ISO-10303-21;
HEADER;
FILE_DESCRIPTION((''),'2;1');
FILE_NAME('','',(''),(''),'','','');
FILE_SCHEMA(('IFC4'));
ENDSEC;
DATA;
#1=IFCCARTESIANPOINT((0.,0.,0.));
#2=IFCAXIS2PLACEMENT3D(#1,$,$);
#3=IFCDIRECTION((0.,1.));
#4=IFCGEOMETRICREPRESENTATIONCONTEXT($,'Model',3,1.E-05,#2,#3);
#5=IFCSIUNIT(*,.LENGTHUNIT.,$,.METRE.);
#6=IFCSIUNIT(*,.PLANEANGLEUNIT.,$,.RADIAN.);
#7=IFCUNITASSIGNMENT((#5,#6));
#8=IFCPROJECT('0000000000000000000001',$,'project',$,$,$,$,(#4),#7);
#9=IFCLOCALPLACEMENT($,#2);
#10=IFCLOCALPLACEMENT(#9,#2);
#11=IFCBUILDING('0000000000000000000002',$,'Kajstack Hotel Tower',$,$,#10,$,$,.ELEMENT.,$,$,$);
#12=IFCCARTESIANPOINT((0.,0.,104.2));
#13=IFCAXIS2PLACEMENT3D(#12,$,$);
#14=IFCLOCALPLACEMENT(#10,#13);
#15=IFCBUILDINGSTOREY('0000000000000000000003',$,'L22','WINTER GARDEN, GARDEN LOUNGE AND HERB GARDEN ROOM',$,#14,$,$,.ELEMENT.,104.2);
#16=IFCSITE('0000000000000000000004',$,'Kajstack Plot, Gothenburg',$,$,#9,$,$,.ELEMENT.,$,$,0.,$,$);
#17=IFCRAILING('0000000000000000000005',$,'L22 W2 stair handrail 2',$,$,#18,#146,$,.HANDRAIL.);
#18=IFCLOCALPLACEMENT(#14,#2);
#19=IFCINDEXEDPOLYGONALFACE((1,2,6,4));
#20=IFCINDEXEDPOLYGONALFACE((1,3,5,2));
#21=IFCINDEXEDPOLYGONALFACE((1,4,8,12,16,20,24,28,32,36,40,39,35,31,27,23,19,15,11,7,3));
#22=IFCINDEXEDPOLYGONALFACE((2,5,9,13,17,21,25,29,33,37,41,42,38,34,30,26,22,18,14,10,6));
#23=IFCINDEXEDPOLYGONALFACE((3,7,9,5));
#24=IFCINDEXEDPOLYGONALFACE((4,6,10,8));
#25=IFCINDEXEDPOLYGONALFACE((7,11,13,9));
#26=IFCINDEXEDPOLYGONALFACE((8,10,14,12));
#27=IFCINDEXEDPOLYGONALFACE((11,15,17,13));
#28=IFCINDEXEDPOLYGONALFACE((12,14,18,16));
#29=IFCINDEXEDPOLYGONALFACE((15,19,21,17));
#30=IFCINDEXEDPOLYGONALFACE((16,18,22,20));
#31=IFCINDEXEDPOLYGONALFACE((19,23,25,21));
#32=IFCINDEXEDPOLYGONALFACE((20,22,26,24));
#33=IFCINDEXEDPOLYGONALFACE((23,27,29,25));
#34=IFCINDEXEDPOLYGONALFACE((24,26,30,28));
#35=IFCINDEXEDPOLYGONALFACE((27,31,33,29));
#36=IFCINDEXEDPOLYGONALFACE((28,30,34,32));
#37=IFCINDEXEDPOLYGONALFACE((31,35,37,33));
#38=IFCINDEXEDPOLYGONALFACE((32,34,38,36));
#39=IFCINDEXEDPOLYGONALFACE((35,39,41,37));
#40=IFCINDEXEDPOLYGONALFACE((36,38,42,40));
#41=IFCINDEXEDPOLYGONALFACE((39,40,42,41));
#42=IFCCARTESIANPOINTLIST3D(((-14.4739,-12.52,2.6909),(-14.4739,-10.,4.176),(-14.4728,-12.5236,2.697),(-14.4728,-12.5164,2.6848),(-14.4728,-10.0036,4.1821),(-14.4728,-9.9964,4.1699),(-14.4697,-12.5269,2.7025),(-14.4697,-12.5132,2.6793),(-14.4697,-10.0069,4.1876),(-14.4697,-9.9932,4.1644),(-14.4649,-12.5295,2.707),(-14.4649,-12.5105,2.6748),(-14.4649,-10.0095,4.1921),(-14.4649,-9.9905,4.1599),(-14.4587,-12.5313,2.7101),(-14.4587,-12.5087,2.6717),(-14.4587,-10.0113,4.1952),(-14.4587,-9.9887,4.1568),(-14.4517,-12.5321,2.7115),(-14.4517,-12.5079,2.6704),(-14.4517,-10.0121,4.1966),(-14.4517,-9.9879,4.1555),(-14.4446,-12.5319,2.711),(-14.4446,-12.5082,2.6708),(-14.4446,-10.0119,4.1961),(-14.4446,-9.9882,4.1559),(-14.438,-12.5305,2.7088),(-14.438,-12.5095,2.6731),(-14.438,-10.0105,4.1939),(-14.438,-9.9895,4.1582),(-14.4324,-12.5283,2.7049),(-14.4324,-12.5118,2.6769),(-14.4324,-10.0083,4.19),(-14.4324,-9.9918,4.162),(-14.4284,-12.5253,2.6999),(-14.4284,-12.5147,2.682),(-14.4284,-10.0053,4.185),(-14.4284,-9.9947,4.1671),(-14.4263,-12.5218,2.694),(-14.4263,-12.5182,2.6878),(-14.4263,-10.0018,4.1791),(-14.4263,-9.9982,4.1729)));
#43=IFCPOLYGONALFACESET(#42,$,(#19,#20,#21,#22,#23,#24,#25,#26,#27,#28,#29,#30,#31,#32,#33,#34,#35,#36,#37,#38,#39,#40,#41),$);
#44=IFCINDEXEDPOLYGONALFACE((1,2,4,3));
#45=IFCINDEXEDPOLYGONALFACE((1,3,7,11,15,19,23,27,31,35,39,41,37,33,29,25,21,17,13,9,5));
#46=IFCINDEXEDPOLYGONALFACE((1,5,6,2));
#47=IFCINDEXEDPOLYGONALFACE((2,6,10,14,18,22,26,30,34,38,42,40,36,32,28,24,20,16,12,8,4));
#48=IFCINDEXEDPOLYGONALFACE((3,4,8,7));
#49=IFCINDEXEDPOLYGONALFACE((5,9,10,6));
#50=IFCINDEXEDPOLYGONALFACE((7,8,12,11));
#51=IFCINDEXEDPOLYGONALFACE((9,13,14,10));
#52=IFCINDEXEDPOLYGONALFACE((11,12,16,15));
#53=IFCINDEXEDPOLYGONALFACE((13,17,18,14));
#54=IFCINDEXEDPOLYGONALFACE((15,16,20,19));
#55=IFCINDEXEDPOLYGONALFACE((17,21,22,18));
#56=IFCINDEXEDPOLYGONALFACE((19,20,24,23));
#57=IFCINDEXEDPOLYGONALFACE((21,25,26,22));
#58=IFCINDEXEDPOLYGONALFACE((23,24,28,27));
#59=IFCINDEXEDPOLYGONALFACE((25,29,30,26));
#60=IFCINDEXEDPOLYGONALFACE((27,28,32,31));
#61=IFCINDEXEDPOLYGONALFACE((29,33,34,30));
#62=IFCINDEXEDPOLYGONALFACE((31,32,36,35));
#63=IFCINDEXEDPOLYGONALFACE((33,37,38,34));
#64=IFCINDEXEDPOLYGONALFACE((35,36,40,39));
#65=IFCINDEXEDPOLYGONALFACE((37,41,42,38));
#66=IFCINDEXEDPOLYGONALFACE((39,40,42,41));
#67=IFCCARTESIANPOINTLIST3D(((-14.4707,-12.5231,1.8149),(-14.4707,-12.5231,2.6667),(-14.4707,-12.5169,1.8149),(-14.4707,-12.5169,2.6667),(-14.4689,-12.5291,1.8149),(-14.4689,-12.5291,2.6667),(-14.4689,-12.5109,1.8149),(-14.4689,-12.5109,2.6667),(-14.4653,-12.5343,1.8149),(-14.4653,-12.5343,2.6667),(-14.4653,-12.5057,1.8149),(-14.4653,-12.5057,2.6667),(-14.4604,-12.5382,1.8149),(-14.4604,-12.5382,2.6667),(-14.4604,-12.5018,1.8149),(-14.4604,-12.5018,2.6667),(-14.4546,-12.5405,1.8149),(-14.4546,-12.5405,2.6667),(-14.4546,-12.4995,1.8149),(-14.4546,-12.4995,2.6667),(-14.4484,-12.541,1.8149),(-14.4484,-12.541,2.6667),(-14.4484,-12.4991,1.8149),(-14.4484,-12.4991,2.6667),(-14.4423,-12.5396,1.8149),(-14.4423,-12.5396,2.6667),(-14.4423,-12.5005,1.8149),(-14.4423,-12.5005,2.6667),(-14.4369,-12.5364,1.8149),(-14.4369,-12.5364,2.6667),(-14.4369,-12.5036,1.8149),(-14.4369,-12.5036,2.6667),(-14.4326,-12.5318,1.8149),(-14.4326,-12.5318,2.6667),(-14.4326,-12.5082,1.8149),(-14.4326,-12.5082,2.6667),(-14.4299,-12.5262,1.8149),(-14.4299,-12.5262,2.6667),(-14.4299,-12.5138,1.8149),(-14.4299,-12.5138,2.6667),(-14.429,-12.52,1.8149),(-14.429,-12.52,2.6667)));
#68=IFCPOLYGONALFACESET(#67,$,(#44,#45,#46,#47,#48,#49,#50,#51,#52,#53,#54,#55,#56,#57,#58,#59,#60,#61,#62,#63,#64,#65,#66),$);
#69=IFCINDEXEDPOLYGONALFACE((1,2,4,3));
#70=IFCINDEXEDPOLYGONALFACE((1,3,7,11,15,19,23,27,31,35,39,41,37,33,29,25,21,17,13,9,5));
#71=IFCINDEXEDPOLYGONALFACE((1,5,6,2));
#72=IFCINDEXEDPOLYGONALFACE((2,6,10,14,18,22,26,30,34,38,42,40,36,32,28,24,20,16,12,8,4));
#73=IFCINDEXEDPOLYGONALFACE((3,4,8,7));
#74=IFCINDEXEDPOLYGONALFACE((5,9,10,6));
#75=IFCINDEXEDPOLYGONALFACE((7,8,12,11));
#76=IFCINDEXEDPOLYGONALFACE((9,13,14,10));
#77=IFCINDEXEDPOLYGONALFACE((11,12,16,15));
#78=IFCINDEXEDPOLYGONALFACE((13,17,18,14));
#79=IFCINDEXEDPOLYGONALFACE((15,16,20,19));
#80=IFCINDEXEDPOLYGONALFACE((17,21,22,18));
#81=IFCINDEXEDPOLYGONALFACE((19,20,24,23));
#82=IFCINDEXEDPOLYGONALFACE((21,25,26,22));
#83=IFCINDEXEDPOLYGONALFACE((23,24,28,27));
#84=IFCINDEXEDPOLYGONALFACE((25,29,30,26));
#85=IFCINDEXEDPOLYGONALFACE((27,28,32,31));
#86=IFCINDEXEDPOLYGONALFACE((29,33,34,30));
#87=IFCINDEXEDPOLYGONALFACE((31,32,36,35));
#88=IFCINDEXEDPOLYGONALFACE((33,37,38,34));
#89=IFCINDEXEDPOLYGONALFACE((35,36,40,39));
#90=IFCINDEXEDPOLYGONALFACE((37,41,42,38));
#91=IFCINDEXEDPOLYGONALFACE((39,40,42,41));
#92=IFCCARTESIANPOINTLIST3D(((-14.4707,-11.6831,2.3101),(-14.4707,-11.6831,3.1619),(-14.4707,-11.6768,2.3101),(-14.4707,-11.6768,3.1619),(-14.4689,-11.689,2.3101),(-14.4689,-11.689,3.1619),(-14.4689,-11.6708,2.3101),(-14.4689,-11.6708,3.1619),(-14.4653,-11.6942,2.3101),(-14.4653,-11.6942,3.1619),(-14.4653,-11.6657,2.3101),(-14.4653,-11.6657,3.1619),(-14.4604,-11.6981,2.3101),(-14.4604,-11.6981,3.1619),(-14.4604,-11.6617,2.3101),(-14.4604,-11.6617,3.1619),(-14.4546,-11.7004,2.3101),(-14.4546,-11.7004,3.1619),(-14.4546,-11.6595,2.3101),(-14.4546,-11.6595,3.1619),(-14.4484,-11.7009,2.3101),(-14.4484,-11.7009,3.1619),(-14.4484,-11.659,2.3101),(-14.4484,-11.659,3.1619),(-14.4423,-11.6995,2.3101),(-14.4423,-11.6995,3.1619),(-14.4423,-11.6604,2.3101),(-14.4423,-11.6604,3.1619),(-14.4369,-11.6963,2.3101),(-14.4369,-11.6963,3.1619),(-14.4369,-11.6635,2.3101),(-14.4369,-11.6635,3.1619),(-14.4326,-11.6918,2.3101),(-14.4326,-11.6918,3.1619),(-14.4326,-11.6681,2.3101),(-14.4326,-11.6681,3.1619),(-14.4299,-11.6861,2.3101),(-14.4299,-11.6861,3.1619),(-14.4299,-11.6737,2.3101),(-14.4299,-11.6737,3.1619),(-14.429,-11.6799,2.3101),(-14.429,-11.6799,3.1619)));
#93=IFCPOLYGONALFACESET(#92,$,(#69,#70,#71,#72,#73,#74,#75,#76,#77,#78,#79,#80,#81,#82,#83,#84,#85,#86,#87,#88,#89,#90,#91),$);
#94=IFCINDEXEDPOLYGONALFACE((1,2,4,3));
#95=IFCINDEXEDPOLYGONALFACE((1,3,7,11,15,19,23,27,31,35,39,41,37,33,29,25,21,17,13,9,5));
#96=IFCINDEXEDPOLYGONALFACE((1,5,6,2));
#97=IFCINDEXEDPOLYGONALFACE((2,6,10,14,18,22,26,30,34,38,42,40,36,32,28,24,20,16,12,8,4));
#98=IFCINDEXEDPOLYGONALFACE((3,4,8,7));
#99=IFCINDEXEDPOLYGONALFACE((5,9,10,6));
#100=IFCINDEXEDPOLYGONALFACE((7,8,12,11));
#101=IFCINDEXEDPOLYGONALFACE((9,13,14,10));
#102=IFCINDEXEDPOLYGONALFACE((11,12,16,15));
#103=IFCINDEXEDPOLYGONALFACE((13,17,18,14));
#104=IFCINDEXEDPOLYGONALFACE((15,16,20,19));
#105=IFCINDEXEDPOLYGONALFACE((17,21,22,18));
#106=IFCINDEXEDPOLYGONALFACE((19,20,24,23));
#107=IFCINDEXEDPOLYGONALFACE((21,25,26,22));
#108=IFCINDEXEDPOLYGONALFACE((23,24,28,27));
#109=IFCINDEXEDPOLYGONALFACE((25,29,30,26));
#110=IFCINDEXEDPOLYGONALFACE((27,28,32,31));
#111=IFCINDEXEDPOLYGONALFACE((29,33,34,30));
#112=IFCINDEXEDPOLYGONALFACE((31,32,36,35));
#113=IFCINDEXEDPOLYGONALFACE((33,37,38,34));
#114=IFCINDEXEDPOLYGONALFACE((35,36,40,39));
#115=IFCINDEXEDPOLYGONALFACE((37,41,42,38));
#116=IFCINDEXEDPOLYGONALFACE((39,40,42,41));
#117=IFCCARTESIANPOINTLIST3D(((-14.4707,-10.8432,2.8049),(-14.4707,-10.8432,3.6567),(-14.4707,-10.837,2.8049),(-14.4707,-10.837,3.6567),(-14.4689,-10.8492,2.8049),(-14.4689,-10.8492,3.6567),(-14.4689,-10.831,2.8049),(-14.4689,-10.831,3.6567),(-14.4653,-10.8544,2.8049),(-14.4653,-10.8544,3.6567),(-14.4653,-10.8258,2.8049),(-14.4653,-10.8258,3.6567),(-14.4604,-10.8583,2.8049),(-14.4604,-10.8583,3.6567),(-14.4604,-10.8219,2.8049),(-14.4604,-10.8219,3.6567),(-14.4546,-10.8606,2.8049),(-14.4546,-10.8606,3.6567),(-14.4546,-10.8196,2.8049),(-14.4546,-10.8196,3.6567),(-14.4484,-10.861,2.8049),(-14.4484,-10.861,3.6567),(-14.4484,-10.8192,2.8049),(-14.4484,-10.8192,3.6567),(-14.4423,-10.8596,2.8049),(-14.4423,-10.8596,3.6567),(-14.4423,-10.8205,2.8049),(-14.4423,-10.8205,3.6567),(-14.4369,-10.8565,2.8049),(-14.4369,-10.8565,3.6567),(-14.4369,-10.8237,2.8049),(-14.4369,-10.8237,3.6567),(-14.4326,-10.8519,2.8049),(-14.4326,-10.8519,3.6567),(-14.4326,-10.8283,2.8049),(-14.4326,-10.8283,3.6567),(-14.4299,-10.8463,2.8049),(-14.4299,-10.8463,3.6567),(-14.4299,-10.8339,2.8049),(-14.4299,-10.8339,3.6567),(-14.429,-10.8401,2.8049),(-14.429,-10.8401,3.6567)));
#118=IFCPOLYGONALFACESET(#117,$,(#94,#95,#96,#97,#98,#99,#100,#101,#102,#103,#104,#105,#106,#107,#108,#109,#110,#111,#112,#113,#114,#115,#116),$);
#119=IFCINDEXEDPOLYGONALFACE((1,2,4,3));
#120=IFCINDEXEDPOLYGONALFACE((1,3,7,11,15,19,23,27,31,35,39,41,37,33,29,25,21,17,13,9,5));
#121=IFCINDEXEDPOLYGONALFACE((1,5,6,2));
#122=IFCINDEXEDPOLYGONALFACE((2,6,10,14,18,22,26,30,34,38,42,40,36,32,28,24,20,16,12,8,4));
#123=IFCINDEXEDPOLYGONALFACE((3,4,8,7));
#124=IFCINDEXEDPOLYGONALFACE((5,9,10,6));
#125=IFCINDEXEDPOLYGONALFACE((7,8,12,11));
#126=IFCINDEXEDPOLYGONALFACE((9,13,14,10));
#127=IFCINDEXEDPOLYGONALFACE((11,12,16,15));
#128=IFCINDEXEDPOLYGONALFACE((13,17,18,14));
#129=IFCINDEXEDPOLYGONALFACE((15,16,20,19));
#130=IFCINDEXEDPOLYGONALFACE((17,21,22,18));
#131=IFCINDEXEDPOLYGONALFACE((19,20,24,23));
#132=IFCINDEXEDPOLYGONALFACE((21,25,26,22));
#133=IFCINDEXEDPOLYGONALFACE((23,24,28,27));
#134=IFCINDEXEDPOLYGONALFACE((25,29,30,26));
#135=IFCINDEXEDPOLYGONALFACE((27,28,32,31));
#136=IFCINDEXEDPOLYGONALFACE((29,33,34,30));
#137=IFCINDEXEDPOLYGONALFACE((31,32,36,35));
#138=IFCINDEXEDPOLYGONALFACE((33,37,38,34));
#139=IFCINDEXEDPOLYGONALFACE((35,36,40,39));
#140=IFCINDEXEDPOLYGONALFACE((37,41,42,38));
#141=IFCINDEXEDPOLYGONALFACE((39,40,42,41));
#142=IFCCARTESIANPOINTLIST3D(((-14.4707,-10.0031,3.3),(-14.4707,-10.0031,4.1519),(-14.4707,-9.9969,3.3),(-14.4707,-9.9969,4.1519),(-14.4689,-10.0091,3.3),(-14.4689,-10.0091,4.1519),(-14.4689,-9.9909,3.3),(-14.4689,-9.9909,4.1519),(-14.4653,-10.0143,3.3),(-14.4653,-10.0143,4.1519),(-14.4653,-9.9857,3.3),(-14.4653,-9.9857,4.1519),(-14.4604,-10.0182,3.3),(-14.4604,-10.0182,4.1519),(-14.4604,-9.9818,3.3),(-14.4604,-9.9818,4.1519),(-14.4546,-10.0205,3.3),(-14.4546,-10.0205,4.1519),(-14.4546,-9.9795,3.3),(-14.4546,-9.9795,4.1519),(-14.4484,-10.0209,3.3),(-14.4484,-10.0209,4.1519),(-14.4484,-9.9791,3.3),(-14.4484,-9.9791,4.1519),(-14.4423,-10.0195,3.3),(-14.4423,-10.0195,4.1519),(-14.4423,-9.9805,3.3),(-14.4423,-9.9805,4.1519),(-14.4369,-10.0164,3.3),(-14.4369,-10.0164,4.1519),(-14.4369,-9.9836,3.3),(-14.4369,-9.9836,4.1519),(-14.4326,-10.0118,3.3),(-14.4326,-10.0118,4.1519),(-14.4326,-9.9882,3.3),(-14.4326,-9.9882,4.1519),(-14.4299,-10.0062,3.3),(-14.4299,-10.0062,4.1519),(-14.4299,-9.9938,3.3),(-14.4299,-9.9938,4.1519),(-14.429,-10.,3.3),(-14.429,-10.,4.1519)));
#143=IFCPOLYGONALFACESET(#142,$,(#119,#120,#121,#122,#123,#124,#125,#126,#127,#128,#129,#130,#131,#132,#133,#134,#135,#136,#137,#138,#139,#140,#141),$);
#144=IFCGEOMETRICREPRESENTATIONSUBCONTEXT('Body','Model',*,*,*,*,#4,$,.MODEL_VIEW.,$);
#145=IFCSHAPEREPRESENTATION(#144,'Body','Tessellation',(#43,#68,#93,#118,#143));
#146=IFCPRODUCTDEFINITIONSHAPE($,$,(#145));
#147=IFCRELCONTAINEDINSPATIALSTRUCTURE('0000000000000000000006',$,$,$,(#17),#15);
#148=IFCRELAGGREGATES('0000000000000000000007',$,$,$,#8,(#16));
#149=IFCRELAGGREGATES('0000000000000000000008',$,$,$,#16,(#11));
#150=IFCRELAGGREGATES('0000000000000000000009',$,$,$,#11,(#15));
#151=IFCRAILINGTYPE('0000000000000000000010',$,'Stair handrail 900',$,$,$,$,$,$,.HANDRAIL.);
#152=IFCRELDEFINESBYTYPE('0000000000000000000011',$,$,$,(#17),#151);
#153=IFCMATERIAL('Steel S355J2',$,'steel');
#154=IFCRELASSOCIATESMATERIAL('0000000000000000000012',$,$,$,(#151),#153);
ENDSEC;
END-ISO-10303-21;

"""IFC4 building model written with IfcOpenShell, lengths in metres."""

from ifc_helpers import new_model, si_unit, direction, frame, origin, origin_2d, place, context, subcontext, project, spatial, circle, extrude, material, type_object, element, save


model = new_model("IFC4")

# Units and contexts
model_context = context("Model", 3, precision=1e-05, world=origin(), true_north=direction((0.0, 1.0)))
body_context = subcontext(model_context, "Body", "Model", "MODEL_VIEW")
ifc_project = project(units=[si_unit("LENGTHUNIT", "METRE"), si_unit("PLANEANGLEUNIT", "RADIAN")], contexts=[model_context])

# Site, building, storey
site_placement = place(None, origin())
site = spatial("IfcSite", under=ifc_project, at=site_placement, Name="Kajstack Plot, Gothenburg", CompositionType="ELEMENT", RefElevation=0.0)
building_placement = place(site_placement, origin())
building = spatial("IfcBuilding", under=site, at=building_placement, Name="Kajstack Hotel Tower", CompositionType="ELEMENT")
storey_placement = place(building_placement, frame((0.0, 0.0, 104.2)))
storey = spatial("IfcBuildingStorey", under=building, at=storey_placement, Name="L22", Description="WINTER GARDEN, GARDEN LOUNGE AND HERB GARDEN ROOM", CompositionType="ELEMENT", Elevation=104.2)

# Railing
ifc_material_1 = material(Name="Steel S355J2", Category="steel")
railing_type_1 = type_object("IfcRailingType", Name="Stair handrail 900", PredefinedType="HANDRAIL", material=ifc_material_1)
railing_1_placement = place(storey_placement, frame((-14.45, -12.52, 1.8149)))
element("IfcRailing", 1, at=railing_1_placement, inside=storey, type_object=railing_type_1, Name="L22 W2 stair handrail 2", PredefinedType="HANDRAIL", context=body_context, shape_type="SweptSolid", body=[
    extrude(circle(Radius=0.0239, at=origin_2d()), frame((0.0, 0.0, 0.876), z_axis=(0.0, 0.861524, 0.507717), x_axis=(-1.0, 0.0, 0.0)), (0.0, 0.0, 1.0), 2.925),
    extrude(circle(Radius=0.021, at=origin_2d()), origin(), (0.0, 0.0, 1.0), 0.8518),
    extrude(circle(Radius=0.021, at=origin_2d()), frame((0.0, 0.8401, 0.4951)), (0.0, 0.0, 1.0), 0.8518),
    extrude(circle(Radius=0.021, at=origin_2d()), frame((0.0, 1.6799, 0.99)), (0.0, 0.0, 1.0), 0.8518),
    extrude(circle(Radius=0.021, at=origin_2d()), frame((0.0, 2.52, 1.4851)), (0.0, 0.0, 1.0), 0.8518),
])

save(model, "model.ifc")
